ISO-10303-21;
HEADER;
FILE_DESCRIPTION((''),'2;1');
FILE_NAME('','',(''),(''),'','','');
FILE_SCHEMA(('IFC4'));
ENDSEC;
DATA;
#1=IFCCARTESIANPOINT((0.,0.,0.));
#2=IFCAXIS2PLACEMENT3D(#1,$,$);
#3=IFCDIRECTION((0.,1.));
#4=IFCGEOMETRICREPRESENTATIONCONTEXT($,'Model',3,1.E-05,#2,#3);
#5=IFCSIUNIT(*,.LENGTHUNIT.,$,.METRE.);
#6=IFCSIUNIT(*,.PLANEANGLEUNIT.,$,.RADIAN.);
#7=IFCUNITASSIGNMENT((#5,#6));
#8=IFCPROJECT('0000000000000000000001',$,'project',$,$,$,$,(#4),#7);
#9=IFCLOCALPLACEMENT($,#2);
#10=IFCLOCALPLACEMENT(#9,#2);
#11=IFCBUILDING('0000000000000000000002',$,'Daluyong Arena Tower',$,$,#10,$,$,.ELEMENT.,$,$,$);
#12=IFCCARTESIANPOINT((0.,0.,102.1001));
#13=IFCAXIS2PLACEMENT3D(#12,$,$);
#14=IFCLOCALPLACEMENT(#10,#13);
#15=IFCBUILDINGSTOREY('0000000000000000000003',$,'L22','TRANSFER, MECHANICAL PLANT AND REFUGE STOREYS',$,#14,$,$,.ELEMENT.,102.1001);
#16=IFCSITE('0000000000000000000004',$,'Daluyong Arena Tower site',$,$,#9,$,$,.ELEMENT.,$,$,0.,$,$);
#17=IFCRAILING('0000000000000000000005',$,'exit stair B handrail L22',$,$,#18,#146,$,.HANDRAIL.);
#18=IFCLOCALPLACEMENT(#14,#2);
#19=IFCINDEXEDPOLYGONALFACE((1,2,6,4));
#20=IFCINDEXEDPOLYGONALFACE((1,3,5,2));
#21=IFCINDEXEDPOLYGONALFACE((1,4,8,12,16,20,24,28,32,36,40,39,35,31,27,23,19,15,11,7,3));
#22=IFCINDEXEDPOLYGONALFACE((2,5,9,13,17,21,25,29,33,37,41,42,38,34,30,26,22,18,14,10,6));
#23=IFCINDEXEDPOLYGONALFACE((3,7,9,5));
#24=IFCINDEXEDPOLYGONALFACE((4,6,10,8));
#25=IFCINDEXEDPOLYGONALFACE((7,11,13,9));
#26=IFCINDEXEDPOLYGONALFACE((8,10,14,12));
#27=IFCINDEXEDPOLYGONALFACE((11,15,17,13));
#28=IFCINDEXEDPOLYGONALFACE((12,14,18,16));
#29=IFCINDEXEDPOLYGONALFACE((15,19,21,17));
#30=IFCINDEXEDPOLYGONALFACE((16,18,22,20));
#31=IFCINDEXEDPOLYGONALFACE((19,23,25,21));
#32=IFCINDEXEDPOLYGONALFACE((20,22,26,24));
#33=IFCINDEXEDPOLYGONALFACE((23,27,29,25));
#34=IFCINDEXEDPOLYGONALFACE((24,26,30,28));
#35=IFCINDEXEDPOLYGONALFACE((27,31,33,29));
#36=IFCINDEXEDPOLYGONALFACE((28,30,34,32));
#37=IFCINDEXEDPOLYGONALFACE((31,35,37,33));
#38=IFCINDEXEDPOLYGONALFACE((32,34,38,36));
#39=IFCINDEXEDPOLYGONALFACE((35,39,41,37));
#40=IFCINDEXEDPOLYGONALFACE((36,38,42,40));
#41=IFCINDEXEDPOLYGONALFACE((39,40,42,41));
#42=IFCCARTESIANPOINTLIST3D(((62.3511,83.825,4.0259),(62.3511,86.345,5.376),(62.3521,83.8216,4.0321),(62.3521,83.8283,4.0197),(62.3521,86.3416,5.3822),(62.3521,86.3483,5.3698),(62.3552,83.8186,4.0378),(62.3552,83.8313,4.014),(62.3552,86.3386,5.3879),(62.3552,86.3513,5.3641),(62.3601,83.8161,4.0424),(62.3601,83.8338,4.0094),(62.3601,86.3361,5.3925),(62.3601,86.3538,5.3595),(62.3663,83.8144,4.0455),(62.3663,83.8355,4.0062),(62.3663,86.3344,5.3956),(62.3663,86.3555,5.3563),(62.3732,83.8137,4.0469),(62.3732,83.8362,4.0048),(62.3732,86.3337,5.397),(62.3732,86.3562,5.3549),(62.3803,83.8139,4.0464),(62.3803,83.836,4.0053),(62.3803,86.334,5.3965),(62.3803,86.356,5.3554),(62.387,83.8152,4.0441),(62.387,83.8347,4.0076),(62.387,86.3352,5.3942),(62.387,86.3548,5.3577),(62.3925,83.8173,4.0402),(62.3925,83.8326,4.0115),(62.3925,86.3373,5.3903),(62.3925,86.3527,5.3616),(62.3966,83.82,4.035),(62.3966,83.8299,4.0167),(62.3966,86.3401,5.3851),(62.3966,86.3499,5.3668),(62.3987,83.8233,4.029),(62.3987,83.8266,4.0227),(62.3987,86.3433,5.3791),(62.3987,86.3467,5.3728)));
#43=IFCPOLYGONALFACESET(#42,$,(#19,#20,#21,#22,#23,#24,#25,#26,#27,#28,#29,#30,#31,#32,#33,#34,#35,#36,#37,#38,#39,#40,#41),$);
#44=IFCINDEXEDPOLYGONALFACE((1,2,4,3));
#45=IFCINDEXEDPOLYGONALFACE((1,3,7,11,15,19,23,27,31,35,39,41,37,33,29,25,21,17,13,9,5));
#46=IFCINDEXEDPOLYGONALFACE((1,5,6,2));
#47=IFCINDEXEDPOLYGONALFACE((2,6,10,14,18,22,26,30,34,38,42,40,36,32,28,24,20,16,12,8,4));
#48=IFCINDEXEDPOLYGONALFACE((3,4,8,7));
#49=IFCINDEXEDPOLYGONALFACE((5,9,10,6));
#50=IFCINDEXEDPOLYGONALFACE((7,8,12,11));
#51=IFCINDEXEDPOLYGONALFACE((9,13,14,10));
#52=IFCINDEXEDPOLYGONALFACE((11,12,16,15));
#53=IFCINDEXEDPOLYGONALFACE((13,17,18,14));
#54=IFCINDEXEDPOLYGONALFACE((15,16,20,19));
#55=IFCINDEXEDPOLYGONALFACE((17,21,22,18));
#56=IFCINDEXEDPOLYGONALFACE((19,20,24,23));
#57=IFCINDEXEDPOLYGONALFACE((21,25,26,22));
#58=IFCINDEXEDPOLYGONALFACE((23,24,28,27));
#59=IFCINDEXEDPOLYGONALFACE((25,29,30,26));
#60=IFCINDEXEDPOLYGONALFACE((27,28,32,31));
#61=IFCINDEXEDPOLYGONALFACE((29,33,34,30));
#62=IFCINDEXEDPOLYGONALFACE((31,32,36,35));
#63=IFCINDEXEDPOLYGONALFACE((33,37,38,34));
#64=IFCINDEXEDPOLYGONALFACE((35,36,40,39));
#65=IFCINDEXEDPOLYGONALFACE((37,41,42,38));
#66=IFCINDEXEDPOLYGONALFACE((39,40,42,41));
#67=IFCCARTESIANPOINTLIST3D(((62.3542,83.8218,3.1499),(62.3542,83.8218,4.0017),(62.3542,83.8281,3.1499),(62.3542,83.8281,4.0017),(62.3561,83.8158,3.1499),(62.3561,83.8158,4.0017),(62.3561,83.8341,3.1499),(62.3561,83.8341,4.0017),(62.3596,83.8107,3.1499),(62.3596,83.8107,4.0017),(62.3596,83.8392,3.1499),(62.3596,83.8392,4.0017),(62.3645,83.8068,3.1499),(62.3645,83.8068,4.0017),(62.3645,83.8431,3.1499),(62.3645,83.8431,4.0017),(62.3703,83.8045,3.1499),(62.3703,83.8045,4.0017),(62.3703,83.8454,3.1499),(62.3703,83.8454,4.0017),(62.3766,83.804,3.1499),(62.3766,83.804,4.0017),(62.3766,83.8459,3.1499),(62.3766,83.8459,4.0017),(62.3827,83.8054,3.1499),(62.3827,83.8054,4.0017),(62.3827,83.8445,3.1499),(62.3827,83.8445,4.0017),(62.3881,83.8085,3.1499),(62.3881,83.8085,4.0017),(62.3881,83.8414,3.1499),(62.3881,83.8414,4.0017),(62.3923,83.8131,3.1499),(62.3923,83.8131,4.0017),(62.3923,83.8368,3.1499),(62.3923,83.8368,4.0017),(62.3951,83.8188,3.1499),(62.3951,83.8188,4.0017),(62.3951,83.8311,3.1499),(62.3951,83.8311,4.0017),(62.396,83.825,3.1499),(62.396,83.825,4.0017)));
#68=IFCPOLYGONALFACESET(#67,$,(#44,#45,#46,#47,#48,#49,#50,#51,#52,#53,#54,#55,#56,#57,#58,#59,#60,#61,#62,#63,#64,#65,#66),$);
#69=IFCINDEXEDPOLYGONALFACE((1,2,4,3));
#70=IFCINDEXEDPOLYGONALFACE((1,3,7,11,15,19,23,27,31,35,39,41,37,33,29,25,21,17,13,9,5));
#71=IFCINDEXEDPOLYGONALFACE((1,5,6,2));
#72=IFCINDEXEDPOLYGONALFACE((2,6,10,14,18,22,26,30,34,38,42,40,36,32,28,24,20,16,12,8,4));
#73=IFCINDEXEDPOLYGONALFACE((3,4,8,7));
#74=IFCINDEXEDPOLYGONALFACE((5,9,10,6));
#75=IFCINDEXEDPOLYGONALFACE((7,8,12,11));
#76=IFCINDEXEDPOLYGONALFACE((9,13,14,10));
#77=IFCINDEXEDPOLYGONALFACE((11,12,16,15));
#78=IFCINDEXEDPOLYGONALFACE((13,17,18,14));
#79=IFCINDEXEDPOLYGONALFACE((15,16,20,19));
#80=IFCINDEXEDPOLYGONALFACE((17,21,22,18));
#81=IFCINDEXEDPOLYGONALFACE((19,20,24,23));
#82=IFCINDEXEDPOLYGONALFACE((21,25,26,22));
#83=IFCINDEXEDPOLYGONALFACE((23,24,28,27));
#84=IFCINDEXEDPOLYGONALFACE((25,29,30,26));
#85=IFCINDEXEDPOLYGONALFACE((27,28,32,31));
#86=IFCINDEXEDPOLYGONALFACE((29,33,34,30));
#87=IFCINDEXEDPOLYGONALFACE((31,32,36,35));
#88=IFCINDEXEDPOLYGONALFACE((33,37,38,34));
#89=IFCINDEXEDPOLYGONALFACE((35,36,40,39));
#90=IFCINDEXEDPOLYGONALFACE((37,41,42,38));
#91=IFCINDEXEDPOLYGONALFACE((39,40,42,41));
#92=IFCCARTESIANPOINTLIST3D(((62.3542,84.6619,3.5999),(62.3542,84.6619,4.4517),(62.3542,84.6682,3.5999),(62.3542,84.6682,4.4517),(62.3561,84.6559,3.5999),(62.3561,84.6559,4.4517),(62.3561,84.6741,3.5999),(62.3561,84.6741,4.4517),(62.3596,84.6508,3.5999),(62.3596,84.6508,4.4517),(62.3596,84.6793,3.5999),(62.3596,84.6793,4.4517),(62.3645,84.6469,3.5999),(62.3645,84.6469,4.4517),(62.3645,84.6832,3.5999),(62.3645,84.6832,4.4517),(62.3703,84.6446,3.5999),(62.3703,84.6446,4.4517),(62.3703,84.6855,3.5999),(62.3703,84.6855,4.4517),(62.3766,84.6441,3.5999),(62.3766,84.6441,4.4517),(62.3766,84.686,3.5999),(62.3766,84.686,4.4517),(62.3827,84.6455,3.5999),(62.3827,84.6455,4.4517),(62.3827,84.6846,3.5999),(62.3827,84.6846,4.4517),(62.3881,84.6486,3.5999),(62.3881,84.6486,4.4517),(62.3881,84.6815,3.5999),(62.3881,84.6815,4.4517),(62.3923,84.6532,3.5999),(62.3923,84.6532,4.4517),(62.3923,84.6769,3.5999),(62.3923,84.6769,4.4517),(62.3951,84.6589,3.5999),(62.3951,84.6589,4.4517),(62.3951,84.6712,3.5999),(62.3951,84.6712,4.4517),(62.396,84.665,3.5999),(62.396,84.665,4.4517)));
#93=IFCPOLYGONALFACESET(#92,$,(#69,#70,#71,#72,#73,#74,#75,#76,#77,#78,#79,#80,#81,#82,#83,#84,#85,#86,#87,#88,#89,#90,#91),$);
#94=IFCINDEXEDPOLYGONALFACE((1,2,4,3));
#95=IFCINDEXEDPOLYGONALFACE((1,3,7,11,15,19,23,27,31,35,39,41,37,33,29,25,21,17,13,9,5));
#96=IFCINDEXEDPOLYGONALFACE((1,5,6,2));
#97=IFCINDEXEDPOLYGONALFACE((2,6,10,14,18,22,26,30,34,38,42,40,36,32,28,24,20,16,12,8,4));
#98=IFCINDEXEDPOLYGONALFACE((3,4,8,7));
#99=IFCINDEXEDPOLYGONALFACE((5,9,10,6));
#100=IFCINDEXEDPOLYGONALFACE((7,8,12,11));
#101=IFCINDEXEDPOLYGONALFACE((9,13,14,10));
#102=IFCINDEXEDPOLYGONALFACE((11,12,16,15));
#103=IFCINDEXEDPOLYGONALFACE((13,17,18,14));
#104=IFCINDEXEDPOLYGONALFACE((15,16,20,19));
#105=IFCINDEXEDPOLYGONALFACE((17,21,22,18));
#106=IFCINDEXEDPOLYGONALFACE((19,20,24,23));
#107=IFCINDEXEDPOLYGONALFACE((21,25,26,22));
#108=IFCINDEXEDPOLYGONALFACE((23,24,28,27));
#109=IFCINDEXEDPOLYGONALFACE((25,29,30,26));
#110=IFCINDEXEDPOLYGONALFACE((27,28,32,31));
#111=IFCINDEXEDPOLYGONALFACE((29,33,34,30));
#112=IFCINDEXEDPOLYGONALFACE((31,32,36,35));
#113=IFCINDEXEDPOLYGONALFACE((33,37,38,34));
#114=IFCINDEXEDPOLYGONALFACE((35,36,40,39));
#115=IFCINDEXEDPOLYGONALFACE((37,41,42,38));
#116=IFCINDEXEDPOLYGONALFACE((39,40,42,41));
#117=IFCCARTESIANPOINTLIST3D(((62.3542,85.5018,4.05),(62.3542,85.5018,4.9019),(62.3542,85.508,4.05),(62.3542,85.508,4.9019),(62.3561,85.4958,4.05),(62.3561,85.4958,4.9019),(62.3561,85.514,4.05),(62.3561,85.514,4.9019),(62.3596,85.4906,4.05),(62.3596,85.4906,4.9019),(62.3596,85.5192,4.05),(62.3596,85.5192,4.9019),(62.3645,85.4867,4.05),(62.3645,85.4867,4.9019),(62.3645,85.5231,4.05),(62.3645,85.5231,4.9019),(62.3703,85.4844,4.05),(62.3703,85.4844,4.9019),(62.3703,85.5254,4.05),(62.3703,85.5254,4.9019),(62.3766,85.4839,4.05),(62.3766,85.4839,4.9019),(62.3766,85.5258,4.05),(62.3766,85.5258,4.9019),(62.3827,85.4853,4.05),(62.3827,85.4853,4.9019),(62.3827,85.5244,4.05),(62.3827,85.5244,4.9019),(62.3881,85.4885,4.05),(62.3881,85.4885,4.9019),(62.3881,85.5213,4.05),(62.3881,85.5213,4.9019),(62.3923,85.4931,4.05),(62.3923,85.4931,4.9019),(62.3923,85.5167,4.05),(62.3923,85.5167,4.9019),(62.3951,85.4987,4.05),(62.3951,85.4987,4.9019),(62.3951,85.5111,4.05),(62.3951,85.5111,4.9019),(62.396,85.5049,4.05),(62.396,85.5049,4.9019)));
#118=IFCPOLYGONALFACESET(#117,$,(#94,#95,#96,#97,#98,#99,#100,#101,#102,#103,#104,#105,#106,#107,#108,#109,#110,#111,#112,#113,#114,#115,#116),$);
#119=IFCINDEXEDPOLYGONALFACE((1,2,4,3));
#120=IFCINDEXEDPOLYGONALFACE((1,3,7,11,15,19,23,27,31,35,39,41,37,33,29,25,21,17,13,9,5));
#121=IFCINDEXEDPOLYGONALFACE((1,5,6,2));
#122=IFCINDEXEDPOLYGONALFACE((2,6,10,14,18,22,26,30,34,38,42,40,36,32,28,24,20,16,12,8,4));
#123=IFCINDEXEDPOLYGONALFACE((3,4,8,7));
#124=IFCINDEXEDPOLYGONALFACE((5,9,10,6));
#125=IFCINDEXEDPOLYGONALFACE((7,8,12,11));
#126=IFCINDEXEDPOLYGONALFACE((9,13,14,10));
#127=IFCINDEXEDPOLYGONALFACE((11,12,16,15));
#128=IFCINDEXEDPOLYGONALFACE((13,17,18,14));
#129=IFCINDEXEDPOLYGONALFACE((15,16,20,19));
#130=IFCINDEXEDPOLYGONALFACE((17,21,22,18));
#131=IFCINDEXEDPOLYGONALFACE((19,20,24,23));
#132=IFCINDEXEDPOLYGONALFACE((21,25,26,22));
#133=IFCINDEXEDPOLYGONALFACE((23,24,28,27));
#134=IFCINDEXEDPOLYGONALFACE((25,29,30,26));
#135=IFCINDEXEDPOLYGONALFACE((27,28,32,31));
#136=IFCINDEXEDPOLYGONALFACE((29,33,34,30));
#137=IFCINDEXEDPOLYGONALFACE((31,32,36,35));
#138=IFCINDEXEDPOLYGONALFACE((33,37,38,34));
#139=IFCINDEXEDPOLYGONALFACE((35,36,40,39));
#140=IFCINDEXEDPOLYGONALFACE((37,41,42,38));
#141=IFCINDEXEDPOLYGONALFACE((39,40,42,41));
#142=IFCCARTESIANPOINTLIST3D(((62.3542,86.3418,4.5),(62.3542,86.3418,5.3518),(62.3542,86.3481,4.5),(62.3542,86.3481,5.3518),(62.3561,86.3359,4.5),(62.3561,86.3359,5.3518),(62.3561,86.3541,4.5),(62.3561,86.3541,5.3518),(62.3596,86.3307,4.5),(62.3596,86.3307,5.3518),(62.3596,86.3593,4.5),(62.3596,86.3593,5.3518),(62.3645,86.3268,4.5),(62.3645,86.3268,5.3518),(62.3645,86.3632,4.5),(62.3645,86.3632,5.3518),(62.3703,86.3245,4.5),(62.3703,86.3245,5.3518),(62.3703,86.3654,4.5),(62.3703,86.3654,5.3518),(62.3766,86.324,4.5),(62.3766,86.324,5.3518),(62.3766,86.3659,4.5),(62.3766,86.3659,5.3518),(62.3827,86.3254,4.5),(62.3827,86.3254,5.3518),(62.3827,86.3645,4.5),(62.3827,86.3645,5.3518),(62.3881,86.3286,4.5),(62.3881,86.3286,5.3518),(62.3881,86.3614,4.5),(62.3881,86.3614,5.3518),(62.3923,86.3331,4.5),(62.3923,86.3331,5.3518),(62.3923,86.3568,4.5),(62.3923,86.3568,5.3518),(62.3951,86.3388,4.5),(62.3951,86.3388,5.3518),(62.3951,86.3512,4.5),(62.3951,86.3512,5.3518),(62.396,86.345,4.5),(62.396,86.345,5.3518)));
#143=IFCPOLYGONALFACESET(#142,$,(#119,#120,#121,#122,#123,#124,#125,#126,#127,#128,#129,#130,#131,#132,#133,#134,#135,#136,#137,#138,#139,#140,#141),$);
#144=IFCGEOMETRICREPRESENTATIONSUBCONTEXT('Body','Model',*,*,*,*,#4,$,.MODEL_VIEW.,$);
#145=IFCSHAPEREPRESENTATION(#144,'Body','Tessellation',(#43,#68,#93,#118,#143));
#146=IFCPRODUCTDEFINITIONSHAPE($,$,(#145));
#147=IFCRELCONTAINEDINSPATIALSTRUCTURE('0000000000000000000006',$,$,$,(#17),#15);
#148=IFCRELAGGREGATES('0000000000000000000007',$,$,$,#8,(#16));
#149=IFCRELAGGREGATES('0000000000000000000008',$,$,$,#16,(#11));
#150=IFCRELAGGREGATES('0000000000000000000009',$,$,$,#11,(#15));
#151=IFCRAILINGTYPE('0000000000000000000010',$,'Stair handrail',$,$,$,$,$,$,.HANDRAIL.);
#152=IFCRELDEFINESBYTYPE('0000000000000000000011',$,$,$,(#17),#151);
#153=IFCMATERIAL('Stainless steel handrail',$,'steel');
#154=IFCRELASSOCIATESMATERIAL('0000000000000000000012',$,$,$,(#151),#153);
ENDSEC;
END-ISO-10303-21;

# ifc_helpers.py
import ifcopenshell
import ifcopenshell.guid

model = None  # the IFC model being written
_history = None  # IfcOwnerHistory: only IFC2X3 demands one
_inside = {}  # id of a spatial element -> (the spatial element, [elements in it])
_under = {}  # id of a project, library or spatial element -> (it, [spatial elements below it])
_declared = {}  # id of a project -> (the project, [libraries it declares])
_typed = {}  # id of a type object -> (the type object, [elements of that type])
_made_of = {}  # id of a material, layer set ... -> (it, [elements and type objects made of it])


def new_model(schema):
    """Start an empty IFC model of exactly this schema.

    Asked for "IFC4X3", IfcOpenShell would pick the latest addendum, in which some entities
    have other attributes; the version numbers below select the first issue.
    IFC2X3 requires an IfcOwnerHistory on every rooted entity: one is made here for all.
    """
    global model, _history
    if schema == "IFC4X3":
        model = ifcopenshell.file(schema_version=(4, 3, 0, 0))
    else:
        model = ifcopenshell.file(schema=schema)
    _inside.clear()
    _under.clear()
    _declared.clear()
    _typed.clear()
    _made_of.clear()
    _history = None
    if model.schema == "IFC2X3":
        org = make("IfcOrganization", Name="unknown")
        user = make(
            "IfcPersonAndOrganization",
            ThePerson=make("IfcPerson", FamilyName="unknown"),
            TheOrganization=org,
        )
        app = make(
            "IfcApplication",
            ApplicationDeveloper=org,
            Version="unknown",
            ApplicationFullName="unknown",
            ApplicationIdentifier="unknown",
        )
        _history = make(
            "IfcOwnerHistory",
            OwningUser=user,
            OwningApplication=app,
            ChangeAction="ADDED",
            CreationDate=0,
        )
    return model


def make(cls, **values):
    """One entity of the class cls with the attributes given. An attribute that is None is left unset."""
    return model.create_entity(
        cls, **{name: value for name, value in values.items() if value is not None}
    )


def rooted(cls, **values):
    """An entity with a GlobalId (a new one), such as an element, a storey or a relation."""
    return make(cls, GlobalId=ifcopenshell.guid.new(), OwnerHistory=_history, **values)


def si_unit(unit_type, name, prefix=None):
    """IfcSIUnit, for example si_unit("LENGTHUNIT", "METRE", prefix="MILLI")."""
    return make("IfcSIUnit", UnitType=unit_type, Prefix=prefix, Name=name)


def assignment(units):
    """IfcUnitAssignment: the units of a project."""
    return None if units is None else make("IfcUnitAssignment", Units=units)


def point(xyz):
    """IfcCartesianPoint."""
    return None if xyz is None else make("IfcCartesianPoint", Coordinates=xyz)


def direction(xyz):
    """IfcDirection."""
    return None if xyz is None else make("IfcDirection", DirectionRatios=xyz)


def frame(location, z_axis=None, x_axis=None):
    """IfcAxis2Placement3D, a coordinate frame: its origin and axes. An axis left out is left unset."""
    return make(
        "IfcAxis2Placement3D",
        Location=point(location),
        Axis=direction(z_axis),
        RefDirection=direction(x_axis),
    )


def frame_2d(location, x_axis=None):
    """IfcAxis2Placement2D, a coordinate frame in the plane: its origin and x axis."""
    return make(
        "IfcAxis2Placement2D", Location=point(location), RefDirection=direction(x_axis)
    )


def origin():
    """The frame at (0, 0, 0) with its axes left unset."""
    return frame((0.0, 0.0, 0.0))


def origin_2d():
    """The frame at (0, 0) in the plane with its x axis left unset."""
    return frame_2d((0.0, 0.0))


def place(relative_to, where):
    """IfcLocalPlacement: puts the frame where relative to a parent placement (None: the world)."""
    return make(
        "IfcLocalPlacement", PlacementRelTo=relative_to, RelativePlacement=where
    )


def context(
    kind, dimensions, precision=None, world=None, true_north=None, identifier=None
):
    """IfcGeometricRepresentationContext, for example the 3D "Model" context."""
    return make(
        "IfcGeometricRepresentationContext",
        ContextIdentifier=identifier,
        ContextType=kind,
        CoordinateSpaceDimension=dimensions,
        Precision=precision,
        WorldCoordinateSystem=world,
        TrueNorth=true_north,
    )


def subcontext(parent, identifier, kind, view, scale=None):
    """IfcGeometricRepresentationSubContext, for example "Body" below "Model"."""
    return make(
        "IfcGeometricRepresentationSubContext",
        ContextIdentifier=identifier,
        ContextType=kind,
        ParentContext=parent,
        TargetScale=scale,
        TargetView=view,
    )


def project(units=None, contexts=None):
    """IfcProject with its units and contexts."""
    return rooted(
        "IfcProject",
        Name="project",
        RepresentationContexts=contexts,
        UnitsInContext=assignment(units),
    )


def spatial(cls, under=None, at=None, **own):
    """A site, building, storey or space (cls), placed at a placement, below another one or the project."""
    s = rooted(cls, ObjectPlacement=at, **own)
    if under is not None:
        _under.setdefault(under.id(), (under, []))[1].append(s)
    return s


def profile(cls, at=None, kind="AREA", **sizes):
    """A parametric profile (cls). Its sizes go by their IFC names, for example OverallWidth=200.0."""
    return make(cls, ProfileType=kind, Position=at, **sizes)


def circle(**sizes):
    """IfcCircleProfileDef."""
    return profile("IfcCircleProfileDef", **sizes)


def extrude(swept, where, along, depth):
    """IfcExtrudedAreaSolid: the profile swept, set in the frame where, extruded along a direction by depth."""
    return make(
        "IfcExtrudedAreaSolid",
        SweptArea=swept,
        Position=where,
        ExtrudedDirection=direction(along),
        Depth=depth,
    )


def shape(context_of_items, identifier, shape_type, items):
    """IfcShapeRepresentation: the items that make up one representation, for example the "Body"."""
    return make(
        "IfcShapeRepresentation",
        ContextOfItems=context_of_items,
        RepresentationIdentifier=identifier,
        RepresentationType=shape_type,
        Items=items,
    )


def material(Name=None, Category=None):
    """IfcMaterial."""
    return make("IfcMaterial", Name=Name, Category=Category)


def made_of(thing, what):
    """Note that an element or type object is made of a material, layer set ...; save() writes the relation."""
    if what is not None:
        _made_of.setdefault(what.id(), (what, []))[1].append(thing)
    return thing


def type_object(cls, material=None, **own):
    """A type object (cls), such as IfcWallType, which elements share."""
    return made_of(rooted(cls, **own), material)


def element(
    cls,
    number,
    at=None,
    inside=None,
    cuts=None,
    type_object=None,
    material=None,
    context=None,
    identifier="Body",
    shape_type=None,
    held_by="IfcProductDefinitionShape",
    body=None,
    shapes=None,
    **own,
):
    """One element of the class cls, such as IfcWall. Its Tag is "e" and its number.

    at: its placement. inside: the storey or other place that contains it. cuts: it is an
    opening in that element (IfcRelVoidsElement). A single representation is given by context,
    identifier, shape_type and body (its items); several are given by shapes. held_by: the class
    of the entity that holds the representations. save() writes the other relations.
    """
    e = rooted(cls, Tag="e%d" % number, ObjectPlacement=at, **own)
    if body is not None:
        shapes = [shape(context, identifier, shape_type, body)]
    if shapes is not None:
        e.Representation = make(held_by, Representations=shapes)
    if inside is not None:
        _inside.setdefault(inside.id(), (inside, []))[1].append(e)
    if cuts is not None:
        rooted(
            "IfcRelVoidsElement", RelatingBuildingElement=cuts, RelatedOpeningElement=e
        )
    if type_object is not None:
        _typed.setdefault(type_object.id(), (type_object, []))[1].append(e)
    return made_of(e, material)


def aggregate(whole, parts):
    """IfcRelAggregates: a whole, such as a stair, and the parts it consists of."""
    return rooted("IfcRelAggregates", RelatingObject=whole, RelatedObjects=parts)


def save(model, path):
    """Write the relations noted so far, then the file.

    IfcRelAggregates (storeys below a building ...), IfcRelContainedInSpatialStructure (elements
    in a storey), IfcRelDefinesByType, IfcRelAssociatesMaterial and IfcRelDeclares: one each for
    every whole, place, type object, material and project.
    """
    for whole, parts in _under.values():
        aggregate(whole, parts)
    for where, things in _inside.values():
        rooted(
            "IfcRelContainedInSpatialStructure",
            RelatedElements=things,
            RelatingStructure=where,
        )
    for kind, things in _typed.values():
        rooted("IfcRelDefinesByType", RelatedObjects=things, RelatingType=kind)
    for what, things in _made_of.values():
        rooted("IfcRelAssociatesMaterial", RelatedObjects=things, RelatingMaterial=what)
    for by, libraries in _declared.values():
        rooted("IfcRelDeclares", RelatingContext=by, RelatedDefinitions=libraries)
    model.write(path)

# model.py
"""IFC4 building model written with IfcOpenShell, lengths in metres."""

from ifc_helpers import new_model, si_unit, direction, frame, origin, origin_2d, place, context, subcontext, project, spatial, circle, extrude, material, type_object, element, save


model = new_model("IFC4")

# Units and contexts
model_context = context("Model", 3, precision=1e-05, world=origin(), true_north=direction((0.0, 1.0)))
body_context = subcontext(model_context, "Body", "Model", "MODEL_VIEW")
ifc_project = project(units=[si_unit("LENGTHUNIT", "METRE"), si_unit("PLANEANGLEUNIT", "RADIAN")], contexts=[model_context])

# Site, building, storey
site_placement = place(None, origin())
site = spatial("IfcSite", under=ifc_project, at=site_placement, Name="Daluyong Arena Tower site", CompositionType="ELEMENT", RefElevation=0.0)
building_placement = place(site_placement, origin())
building = spatial("IfcBuilding", under=site, at=building_placement, Name="Daluyong Arena Tower", CompositionType="ELEMENT")
storey_placement = place(building_placement, frame((0.0, 0.0, 102.1001)))
storey = spatial("IfcBuildingStorey", under=building, at=storey_placement, Name="L22", Description="TRANSFER, MECHANICAL PLANT AND REFUGE STOREYS", CompositionType="ELEMENT", Elevation=102.1001)

# Railing
ifc_material_1 = material(Name="Stainless steel handrail", Category="steel")
railing_type_1 = type_object("IfcRailingType", Name="Stair handrail", PredefinedType="HANDRAIL", material=ifc_material_1)
for number, where, name in (
    (1, (62.375, 83.825, 3.1499), "exit stair B handrail L22"),
):
    element("IfcRailing", number, at=place(storey_placement, frame(where)), inside=storey, type_object=railing_type_1, Name=name, PredefinedType="HANDRAIL", context=body_context, shape_type="SweptSolid", body=[
        extrude(circle(Radius=0.0239, at=origin_2d()), frame((0.0, 0.0, 0.876), z_axis=(0.0, 0.881467, 0.472245), x_axis=(-1.0, 0.0, 0.0)), (0.0, 0.0, 1.0), 2.8589),
        extrude(circle(Radius=0.021, at=origin_2d()), origin(), (0.0, 0.0, 1.0), 0.8518),
        extrude(circle(Radius=0.021, at=origin_2d()), frame((0.0, 0.8401, 0.45)), (0.0, 0.0, 1.0), 0.8518),
        extrude(circle(Radius=0.021, at=origin_2d()), frame((0.0, 1.6799, 0.9001)), (0.0, 0.0, 1.0), 0.8518),
        extrude(circle(Radius=0.021, at=origin_2d()), frame((0.0, 2.52, 1.3501)), (0.0, 0.0, 1.0), 0.8518),
    ])

save(model, "model.ifc")
